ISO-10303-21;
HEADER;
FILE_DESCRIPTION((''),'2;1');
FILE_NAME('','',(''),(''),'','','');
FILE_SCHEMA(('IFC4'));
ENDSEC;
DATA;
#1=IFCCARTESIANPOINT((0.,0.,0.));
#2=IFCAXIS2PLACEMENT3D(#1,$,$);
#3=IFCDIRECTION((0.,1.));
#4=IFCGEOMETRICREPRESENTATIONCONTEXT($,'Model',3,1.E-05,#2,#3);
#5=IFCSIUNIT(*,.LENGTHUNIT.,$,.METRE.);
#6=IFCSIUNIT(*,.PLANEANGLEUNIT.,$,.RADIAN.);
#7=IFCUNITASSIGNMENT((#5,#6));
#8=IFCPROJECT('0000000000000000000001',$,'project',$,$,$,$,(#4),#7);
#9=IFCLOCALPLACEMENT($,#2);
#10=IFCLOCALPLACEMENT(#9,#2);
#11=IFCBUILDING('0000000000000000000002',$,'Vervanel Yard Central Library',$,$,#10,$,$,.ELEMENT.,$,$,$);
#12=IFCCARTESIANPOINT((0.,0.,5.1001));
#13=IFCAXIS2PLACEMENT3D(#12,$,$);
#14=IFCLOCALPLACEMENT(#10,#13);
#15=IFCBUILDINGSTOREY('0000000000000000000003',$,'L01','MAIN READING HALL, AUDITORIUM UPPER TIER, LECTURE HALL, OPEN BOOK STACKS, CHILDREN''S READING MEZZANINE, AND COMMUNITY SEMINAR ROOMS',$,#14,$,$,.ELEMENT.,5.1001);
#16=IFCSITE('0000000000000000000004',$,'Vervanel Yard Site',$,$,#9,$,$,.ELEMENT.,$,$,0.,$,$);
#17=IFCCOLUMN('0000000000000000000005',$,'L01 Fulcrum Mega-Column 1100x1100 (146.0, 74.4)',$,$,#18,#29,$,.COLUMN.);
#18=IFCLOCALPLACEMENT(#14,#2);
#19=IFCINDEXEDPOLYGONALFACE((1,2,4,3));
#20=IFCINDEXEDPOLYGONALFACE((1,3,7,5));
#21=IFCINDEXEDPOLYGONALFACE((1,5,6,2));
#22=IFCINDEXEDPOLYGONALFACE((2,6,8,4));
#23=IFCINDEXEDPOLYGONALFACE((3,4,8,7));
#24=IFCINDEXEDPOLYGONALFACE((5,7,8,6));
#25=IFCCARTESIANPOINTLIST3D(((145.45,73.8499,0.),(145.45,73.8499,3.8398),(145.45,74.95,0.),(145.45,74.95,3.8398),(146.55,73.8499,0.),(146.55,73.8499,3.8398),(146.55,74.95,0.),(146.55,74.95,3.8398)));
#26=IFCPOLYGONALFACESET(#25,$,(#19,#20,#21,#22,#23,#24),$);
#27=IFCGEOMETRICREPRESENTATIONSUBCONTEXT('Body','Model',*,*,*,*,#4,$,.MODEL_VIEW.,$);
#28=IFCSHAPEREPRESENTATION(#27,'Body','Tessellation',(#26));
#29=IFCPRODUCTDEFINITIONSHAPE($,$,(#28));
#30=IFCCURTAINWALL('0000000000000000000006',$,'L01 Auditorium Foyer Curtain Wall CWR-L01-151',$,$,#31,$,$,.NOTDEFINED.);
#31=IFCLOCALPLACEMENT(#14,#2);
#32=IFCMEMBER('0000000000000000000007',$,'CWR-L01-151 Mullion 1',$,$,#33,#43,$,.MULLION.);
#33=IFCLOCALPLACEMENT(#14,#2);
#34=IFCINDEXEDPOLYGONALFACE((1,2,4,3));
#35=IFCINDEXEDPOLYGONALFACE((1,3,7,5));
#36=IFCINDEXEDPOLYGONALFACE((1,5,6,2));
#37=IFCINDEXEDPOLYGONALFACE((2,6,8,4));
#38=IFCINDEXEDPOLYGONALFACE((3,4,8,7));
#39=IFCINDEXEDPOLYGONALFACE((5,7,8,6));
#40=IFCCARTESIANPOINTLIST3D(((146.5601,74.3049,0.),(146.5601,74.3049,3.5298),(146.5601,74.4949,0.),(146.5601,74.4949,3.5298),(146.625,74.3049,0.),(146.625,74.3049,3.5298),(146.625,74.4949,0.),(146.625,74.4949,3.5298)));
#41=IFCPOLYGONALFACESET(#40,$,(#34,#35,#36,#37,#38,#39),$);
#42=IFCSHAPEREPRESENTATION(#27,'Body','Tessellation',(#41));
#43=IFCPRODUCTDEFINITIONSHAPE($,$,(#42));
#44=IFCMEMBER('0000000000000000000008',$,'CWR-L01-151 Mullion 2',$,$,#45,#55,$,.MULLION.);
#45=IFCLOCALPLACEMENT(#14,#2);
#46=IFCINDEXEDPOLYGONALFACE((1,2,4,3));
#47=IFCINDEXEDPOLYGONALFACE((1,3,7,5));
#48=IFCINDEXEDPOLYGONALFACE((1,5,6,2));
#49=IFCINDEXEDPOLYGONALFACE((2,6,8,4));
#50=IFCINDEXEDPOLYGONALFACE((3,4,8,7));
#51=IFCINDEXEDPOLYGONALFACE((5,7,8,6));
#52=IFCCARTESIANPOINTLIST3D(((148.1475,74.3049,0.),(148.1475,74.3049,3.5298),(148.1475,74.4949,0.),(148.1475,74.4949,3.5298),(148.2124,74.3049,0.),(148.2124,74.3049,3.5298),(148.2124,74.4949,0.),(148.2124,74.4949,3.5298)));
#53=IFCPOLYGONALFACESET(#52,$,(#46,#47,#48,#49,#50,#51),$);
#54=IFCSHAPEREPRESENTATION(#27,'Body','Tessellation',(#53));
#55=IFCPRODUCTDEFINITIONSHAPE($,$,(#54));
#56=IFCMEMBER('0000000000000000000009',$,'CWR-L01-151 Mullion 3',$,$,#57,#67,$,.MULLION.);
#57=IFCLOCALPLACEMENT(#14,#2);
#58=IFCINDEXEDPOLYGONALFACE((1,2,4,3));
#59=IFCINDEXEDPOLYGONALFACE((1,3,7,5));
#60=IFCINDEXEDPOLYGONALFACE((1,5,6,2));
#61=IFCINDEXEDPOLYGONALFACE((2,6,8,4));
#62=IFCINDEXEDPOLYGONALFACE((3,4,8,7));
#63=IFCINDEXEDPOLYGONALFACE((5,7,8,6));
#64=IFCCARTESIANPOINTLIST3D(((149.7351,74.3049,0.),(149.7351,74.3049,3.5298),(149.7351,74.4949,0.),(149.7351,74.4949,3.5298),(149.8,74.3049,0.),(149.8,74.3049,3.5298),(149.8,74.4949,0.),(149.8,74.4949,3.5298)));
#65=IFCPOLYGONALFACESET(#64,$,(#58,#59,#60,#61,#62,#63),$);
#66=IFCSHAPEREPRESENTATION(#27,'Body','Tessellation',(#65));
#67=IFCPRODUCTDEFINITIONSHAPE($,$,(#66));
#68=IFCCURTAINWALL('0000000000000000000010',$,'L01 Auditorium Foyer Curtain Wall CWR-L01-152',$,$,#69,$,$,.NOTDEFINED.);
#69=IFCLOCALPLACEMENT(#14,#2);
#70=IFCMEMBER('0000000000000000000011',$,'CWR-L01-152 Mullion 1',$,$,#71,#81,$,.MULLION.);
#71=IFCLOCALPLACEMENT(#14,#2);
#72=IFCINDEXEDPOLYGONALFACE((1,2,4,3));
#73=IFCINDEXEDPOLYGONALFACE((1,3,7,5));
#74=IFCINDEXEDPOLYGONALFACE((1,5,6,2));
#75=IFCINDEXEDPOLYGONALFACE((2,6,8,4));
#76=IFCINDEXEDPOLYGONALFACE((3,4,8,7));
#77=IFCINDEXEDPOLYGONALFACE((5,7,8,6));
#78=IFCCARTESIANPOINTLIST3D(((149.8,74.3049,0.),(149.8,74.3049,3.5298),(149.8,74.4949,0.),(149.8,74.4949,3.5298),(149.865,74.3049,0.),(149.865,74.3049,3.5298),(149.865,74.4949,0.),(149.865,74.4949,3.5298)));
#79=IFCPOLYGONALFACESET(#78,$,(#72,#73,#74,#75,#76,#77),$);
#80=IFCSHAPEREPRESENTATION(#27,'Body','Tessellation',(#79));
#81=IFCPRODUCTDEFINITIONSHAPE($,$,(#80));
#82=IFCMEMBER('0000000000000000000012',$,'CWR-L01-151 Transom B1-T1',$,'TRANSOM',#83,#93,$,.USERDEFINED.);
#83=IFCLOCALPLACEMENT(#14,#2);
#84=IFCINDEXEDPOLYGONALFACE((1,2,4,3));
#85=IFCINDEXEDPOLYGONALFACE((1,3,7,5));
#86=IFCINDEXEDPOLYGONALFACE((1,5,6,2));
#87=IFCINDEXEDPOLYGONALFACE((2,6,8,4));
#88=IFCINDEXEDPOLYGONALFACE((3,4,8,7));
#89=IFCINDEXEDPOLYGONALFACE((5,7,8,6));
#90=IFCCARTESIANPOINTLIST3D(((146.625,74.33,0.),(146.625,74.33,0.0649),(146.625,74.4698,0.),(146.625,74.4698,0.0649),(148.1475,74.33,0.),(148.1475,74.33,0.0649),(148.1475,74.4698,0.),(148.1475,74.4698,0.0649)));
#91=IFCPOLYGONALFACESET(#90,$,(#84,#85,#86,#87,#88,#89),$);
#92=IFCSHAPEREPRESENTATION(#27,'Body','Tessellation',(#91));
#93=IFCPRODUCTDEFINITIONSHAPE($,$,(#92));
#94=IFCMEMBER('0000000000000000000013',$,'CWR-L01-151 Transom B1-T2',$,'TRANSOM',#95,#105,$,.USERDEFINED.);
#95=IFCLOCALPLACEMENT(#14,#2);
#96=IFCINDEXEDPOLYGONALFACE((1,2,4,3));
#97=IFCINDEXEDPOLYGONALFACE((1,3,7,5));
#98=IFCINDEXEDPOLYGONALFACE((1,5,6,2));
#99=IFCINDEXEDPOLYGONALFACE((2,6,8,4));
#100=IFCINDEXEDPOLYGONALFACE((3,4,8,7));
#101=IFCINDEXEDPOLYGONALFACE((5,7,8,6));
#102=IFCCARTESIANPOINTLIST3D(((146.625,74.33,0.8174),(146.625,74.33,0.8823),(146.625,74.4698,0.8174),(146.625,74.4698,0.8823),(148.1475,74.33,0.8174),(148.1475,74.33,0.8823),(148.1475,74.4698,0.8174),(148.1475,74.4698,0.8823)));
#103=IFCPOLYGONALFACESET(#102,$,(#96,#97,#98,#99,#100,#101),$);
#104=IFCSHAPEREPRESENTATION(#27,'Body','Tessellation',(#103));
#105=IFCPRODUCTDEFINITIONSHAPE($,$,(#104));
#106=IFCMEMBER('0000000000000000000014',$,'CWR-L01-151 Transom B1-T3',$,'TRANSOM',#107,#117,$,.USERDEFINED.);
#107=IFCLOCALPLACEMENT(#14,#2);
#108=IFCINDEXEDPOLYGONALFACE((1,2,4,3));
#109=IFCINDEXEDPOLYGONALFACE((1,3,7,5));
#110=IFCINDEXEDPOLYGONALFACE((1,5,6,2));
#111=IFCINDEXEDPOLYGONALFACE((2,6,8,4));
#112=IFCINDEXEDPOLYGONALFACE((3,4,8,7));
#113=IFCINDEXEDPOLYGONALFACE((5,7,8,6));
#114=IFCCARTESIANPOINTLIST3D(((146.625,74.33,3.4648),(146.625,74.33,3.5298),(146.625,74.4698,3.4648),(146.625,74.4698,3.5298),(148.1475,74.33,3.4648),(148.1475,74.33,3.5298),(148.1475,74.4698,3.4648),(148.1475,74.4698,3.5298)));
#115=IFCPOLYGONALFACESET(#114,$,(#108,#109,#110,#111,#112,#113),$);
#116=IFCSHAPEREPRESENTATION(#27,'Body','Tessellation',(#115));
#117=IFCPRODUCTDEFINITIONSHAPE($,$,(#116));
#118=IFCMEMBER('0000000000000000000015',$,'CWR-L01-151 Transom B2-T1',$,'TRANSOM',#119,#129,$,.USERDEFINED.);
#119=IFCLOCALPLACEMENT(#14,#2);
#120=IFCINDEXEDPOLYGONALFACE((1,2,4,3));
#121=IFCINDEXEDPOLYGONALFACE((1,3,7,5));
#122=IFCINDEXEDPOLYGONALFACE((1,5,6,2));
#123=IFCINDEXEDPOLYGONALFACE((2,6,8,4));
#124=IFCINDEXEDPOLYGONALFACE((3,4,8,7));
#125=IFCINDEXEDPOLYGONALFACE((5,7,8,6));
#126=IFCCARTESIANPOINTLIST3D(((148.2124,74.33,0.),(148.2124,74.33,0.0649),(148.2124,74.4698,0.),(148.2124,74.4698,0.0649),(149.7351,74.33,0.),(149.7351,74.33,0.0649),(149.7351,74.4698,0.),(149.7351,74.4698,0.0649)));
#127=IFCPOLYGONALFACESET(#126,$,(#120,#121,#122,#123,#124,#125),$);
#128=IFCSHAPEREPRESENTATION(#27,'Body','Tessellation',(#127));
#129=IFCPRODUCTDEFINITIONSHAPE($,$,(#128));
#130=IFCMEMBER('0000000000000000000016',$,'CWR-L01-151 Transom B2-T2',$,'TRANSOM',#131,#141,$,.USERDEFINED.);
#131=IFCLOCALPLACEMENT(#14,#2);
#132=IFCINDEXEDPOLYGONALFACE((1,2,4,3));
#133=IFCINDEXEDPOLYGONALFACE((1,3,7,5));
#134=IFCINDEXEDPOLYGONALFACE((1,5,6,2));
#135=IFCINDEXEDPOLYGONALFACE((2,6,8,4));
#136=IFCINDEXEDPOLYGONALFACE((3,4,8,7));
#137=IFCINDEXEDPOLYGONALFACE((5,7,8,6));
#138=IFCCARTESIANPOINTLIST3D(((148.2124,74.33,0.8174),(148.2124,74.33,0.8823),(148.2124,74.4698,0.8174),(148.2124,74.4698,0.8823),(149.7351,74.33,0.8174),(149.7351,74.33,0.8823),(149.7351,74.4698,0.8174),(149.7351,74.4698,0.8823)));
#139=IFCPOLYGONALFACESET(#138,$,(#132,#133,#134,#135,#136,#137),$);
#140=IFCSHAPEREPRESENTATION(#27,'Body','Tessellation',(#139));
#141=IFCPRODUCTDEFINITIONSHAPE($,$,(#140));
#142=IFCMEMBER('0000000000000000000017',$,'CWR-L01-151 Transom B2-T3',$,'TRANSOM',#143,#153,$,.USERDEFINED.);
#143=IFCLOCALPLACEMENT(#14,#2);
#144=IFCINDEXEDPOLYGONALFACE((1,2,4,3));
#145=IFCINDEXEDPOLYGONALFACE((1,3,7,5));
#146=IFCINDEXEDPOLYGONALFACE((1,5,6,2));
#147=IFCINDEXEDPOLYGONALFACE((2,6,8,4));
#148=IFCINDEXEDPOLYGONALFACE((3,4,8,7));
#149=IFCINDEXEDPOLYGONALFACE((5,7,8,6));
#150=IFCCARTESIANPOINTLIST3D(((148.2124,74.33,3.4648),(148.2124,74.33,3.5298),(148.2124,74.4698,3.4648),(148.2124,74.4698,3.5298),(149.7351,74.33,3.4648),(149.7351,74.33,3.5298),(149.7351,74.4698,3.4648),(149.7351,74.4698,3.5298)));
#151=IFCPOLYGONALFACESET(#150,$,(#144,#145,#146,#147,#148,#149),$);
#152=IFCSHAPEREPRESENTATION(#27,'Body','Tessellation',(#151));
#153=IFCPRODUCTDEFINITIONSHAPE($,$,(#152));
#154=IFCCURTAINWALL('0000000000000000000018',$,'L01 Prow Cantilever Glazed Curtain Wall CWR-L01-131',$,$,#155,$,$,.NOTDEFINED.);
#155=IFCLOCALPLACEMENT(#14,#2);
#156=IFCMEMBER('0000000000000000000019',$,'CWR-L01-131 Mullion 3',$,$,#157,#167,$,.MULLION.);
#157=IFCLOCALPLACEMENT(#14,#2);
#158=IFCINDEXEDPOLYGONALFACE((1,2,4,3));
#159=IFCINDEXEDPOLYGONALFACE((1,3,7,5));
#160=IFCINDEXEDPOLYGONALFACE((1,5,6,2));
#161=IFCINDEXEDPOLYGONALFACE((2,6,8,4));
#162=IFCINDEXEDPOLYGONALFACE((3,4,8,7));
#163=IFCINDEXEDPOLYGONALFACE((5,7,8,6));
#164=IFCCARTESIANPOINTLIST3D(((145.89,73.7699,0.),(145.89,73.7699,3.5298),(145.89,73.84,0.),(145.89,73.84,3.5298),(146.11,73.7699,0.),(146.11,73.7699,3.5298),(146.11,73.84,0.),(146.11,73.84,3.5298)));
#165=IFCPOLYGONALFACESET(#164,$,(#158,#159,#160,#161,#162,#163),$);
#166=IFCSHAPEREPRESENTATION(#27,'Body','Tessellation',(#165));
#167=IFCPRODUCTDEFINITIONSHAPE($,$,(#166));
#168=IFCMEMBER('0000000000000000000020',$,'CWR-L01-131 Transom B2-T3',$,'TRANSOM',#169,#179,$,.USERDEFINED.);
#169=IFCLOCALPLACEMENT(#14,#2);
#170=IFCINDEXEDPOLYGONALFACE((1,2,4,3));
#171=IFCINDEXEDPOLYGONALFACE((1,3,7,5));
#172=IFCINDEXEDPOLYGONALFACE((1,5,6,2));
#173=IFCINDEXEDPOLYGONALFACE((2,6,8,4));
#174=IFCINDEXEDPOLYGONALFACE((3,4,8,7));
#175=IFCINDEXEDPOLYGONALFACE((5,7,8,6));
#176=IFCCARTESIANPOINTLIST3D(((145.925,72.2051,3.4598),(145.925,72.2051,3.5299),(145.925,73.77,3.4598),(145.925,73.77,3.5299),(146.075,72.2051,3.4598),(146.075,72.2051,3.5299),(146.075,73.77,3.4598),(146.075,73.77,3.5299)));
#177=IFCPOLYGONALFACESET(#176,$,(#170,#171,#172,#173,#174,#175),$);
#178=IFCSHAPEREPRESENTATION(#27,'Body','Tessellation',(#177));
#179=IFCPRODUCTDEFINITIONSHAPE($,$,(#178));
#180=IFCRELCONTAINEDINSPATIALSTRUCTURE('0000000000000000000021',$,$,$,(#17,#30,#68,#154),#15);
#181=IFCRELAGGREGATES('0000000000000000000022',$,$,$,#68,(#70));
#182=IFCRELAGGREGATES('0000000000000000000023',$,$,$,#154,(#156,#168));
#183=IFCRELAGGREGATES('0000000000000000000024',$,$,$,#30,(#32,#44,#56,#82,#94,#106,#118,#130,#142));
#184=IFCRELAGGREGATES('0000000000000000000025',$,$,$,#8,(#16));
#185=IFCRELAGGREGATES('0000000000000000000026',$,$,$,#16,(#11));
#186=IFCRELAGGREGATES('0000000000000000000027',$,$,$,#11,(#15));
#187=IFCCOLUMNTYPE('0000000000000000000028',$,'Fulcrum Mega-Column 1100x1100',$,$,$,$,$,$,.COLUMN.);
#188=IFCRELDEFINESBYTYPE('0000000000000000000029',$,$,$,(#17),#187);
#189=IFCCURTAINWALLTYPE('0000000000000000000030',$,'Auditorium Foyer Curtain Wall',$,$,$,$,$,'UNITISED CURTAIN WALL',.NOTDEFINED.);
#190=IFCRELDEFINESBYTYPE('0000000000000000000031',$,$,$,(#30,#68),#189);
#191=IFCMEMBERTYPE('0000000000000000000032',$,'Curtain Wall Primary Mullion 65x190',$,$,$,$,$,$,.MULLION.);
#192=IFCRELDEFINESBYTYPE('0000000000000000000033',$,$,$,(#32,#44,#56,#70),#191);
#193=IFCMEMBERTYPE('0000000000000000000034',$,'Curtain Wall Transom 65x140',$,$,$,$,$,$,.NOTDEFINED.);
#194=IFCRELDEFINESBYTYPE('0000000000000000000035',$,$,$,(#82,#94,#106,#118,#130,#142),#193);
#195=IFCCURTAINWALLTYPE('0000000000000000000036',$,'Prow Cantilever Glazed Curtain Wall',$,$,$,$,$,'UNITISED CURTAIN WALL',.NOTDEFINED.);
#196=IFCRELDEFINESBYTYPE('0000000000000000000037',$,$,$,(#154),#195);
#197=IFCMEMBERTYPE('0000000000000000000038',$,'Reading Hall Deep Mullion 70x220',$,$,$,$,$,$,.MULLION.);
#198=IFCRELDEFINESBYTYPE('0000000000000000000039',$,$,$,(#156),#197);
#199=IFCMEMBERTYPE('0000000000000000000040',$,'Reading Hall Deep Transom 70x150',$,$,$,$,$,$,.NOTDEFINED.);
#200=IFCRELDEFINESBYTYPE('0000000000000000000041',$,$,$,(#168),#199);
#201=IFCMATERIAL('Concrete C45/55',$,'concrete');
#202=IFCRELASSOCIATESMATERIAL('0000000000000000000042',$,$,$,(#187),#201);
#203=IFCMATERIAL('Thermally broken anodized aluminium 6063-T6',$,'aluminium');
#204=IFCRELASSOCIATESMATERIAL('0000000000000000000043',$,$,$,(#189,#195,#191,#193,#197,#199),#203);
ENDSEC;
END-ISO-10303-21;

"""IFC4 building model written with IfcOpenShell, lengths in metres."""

from ifc_helpers import new_model, si_unit, direction, frame, origin, origin_2d, place, context, subcontext, project, spatial, rectangle, extrude, material, material_profile, profile_set, type_object, element, aggregate, save


model = new_model("IFC4")

# Units and contexts
model_context = context("Model", 3, precision=1e-05, world=origin(), true_north=direction((0.0, 1.0)))
body_context = subcontext(model_context, "Body", "Model", "MODEL_VIEW")
ifc_project = project(units=[si_unit("LENGTHUNIT", "METRE"), si_unit("PLANEANGLEUNIT", "RADIAN")], contexts=[model_context])

# Site, building, storey
site_placement = place(None, origin())
site = spatial("IfcSite", under=ifc_project, at=site_placement, Name="Vervanel Yard Site", CompositionType="ELEMENT", RefElevation=0.0)
building_placement = place(site_placement, origin())
building = spatial("IfcBuilding", under=site, at=building_placement, Name="Vervanel Yard Central Library", CompositionType="ELEMENT")
storey_placement = place(building_placement, frame((0.0, 0.0, 5.1001)))
storey = spatial("IfcBuildingStorey", under=building, at=storey_placement, Name="L01", Description="MAIN READING HALL, AUDITORIUM UPPER TIER, LECTURE HALL, OPEN BOOK STACKS, CHILDREN'S READING MEZZANINE, AND COMMUNITY SEMINAR ROOMS", CompositionType="ELEMENT", Elevation=5.1001)

# Column
ifc_material_1 = material(Name="Concrete C45/55", Category="concrete")
ifc_material_profile_1 = material_profile(ifc_material_1, rectangle(XDim=1.1001, YDim=1.1001, at=origin_2d()), Name="RC 1100x1100", Category="concrete")
ifc_profile_set_1 = profile_set([ifc_material_profile_1], Name="Concrete C45/55")
column_type = type_object("IfcColumnType", Name="Fulcrum Mega-Column 1100x1100", PredefinedType="COLUMN", material=ifc_profile_set_1)
column_placement = place(storey_placement, frame((146.0, 74.3999, 0.0), z_axis=(0.0, 0.0, 1.0), x_axis=(1.0, 0.0, 0.0)))
element("IfcColumn", 1, at=column_placement, inside=storey, type_object=column_type, Name="L01 Fulcrum Mega-Column 1100x1100 (146.0, 74.4)", PredefinedType="COLUMN", context=body_context, shape_type="SweptSolid", body=[
    extrude(rectangle(XDim=1.1001, YDim=1.1001, at=origin_2d()), origin(), (0.0, 0.0, 1.0), 3.8398),
])

# Curtain wall, members
ifc_material_2 = material(Name="Thermally broken anodized aluminium 6063-T6", Category="aluminium")
curtain_wall_type_1 = type_object("IfcCurtainWallType", Name="Auditorium Foyer Curtain Wall", ElementType="UNITISED CURTAIN WALL", PredefinedType="NOTDEFINED", material=ifc_material_2)
curtain_wall_1_placement = place(storey_placement, origin())
curtain_wall_1 = element("IfcCurtainWall", 2, at=curtain_wall_1_placement, inside=storey, type_object=curtain_wall_type_1, Name="L01 Auditorium Foyer Curtain Wall CWR-L01-151", PredefinedType="NOTDEFINED")
ifc_material_profile_2 = material_profile(ifc_material_2, rectangle(XDim=0.0649, YDim=0.1899, at=origin_2d()), Name="ALU 65x190", Category="aluminium")
ifc_profile_set_2 = profile_set([ifc_material_profile_2], Name="Thermally broken anodized aluminium 6063-T6")
member_type_1 = type_object("IfcMemberType", Name="Curtain Wall Primary Mullion 65x190", PredefinedType="MULLION", material=ifc_profile_set_2)
member_1_placement = place(storey_placement, frame((146.5925, 74.3999, 0.0), z_axis=(0.0, 0.0, 1.0), x_axis=(1.0, 0.0, 0.0)))
member_1 = element("IfcMember", 3, at=member_1_placement, type_object=member_type_1, Name="CWR-L01-151 Mullion 1", PredefinedType="MULLION", context=body_context, shape_type="SweptSolid", body=[
    extrude(rectangle(XDim=0.0649, YDim=0.1899, at=origin_2d()), origin(), (0.0, 0.0, 1.0), 3.5298),
])
member_2_placement = place(storey_placement, frame((148.1799, 74.3999, 0.0), z_axis=(0.0, 0.0, 1.0), x_axis=(1.0, 0.0, 0.0)))
member_2 = element("IfcMember", 4, at=member_2_placement, type_object=member_type_1, Name="CWR-L01-151 Mullion 2", PredefinedType="MULLION", context=body_context, shape_type="SweptSolid", body=[
    extrude(rectangle(XDim=0.0649, YDim=0.1899, at=origin_2d()), origin(), (0.0, 0.0, 1.0), 3.5298),
])
member_3_placement = place(storey_placement, frame((149.7676, 74.3999, 0.0), z_axis=(0.0, 0.0, 1.0), x_axis=(1.0, 0.0, 0.0)))
member_3 = element("IfcMember", 5, at=member_3_placement, type_object=member_type_1, Name="CWR-L01-151 Mullion 3", PredefinedType="MULLION", context=body_context, shape_type="SweptSolid", body=[
    extrude(rectangle(XDim=0.0649, YDim=0.1899, at=origin_2d()), origin(), (0.0, 0.0, 1.0), 3.5298),
])

# Curtain wall, member
curtain_wall_2_placement = place(storey_placement, origin())
curtain_wall_2 = element("IfcCurtainWall", 6, at=curtain_wall_2_placement, inside=storey, type_object=curtain_wall_type_1, Name="L01 Auditorium Foyer Curtain Wall CWR-L01-152", PredefinedType="NOTDEFINED")
member_4_placement = place(storey_placement, frame((149.8325, 74.3999, 0.0), z_axis=(0.0, 0.0, 1.0), x_axis=(1.0, 0.0, 0.0)))
member_4 = element("IfcMember", 7, at=member_4_placement, type_object=member_type_1, Name="CWR-L01-152 Mullion 1", PredefinedType="MULLION", context=body_context, shape_type="SweptSolid", body=[
    extrude(rectangle(XDim=0.0649, YDim=0.1899, at=origin_2d()), origin(), (0.0, 0.0, 1.0), 3.5298),
])
aggregate(curtain_wall_2, [member_4])

# Members
ifc_material_profile_3 = material_profile(ifc_material_2, rectangle(XDim=0.0649, YDim=0.1399, at=origin_2d()), Name="ALU 65x140", Category="aluminium")
ifc_profile_set_3 = profile_set([ifc_material_profile_3], Name="Thermally broken anodized aluminium 6063-T6")
member_type_2 = type_object("IfcMemberType", Name="Curtain Wall Transom 65x140", PredefinedType="NOTDEFINED", material=ifc_profile_set_3)
member_5_placement = place(storey_placement, frame((146.625, 74.3999, 0.0325), z_axis=(1.0, 0.0, 0.0), x_axis=(0.0, 0.0, 1.0)))
member_5 = element("IfcMember", 8, at=member_5_placement, type_object=member_type_2, Name="CWR-L01-151 Transom B1-T1", ObjectType="TRANSOM", PredefinedType="USERDEFINED", context=body_context, shape_type="SweptSolid", body=[
    extrude(rectangle(XDim=0.0649, YDim=0.1399, at=origin_2d()), origin(), (0.0, 0.0, 1.0), 1.5225),
])
member_6_placement = place(storey_placement, frame((146.625, 74.3999, 0.8499), z_axis=(1.0, 0.0, 0.0), x_axis=(0.0, 0.0, 1.0)))
member_6 = element("IfcMember", 9, at=member_6_placement, type_object=member_type_2, Name="CWR-L01-151 Transom B1-T2", ObjectType="TRANSOM", PredefinedType="USERDEFINED", context=body_context, shape_type="SweptSolid", body=[
    extrude(rectangle(XDim=0.0649, YDim=0.1399, at=origin_2d()), origin(), (0.0, 0.0, 1.0), 1.5225),
])
member_7_placement = place(storey_placement, frame((146.625, 74.3999, 3.4973), z_axis=(1.0, 0.0, 0.0), x_axis=(0.0, 0.0, 1.0)))
member_7 = element("IfcMember", 10, at=member_7_placement, type_object=member_type_2, Name="CWR-L01-151 Transom B1-T3", ObjectType="TRANSOM", PredefinedType="USERDEFINED", context=body_context, shape_type="SweptSolid", body=[
    extrude(rectangle(XDim=0.0649, YDim=0.1399, at=origin_2d()), origin(), (0.0, 0.0, 1.0), 1.5225),
])
member_8_placement = place(storey_placement, frame((148.2124, 74.3999, 0.0325), z_axis=(1.0, 0.0, 0.0), x_axis=(0.0, 0.0, 1.0)))
member_8 = element("IfcMember", 11, at=member_8_placement, type_object=member_type_2, Name="CWR-L01-151 Transom B2-T1", ObjectType="TRANSOM", PredefinedType="USERDEFINED", context=body_context, shape_type="SweptSolid", body=[
    extrude(rectangle(XDim=0.0649, YDim=0.1399, at=origin_2d()), origin(), (0.0, 0.0, 1.0), 1.5227),
])
member_9_placement = place(storey_placement, frame((148.2124, 74.3999, 0.8499), z_axis=(1.0, 0.0, 0.0), x_axis=(0.0, 0.0, 1.0)))
member_9 = element("IfcMember", 12, at=member_9_placement, type_object=member_type_2, Name="CWR-L01-151 Transom B2-T2", ObjectType="TRANSOM", PredefinedType="USERDEFINED", context=body_context, shape_type="SweptSolid", body=[
    extrude(rectangle(XDim=0.0649, YDim=0.1399, at=origin_2d()), origin(), (0.0, 0.0, 1.0), 1.5227),
])
member_10_placement = place(storey_placement, frame((148.2124, 74.3999, 3.4973), z_axis=(1.0, 0.0, 0.0), x_axis=(0.0, 0.0, 1.0)))
member_10 = element("IfcMember", 13, at=member_10_placement, type_object=member_type_2, Name="CWR-L01-151 Transom B2-T3", ObjectType="TRANSOM", PredefinedType="USERDEFINED", context=body_context, shape_type="SweptSolid", body=[
    extrude(rectangle(XDim=0.0649, YDim=0.1399, at=origin_2d()), origin(), (0.0, 0.0, 1.0), 1.5227),
])

# Curtain wall, members
curtain_wall_type_2 = type_object("IfcCurtainWallType", Name="Prow Cantilever Glazed Curtain Wall", ElementType="UNITISED CURTAIN WALL", PredefinedType="NOTDEFINED", material=ifc_material_2)
curtain_wall_3_placement = place(storey_placement, origin())
curtain_wall_3 = element("IfcCurtainWall", 14, at=curtain_wall_3_placement, inside=storey, type_object=curtain_wall_type_2, Name="L01 Prow Cantilever Glazed Curtain Wall CWR-L01-131", PredefinedType="NOTDEFINED")
ifc_material_profile_4 = material_profile(ifc_material_2, rectangle(XDim=0.0701, YDim=0.22, at=origin_2d()), Name="ALU 70x220", Category="aluminium")
ifc_profile_set_4 = profile_set([ifc_material_profile_4], Name="Thermally broken anodized aluminium 6063-T6")
member_type_3 = type_object("IfcMemberType", Name="Reading Hall Deep Mullion 70x220", PredefinedType="MULLION", material=ifc_profile_set_4)
member_11_placement = place(storey_placement, frame((146.0, 73.8049, 0.0), z_axis=(0.0, 0.0, 1.0), x_axis=(0.0, 1.0, 0.0)))
member_11 = element("IfcMember", 15, at=member_11_placement, type_object=member_type_3, Name="CWR-L01-131 Mullion 3", PredefinedType="MULLION", context=body_context, shape_type="SweptSolid", body=[
    extrude(rectangle(XDim=0.0701, YDim=0.22, at=origin_2d()), origin(), (0.0, 0.0, 1.0), 3.5298),
])
ifc_material_profile_5 = material_profile(ifc_material_2, rectangle(XDim=0.0701, YDim=0.1499, at=origin_2d()), Name="ALU 70x150", Category="aluminium")
ifc_profile_set_5 = profile_set([ifc_material_profile_5], Name="Thermally broken anodized aluminium 6063-T6")
member_type_4 = type_object("IfcMemberType", Name="Reading Hall Deep Transom 70x150", PredefinedType="NOTDEFINED", material=ifc_profile_set_5)
member_12_placement = place(storey_placement, frame((146.0, 72.2051, 3.4949), z_axis=(0.0, 1.0, 0.0), x_axis=(0.0, 0.0, 1.0)))
member_12 = element("IfcMember", 16, at=member_12_placement, type_object=member_type_4, Name="CWR-L01-131 Transom B2-T3", ObjectType="TRANSOM", PredefinedType="USERDEFINED", context=body_context, shape_type="SweptSolid", body=[
    extrude(rectangle(XDim=0.0701, YDim=0.1499, at=origin_2d()), origin(), (0.0, 0.0, 1.0), 1.5649),
])

aggregate(curtain_wall_3, [member_11, member_12])
aggregate(curtain_wall_1, [member_1, member_2, member_3, member_5, member_6, member_7, member_8, member_9, member_10])

save(model, "model.ifc")
